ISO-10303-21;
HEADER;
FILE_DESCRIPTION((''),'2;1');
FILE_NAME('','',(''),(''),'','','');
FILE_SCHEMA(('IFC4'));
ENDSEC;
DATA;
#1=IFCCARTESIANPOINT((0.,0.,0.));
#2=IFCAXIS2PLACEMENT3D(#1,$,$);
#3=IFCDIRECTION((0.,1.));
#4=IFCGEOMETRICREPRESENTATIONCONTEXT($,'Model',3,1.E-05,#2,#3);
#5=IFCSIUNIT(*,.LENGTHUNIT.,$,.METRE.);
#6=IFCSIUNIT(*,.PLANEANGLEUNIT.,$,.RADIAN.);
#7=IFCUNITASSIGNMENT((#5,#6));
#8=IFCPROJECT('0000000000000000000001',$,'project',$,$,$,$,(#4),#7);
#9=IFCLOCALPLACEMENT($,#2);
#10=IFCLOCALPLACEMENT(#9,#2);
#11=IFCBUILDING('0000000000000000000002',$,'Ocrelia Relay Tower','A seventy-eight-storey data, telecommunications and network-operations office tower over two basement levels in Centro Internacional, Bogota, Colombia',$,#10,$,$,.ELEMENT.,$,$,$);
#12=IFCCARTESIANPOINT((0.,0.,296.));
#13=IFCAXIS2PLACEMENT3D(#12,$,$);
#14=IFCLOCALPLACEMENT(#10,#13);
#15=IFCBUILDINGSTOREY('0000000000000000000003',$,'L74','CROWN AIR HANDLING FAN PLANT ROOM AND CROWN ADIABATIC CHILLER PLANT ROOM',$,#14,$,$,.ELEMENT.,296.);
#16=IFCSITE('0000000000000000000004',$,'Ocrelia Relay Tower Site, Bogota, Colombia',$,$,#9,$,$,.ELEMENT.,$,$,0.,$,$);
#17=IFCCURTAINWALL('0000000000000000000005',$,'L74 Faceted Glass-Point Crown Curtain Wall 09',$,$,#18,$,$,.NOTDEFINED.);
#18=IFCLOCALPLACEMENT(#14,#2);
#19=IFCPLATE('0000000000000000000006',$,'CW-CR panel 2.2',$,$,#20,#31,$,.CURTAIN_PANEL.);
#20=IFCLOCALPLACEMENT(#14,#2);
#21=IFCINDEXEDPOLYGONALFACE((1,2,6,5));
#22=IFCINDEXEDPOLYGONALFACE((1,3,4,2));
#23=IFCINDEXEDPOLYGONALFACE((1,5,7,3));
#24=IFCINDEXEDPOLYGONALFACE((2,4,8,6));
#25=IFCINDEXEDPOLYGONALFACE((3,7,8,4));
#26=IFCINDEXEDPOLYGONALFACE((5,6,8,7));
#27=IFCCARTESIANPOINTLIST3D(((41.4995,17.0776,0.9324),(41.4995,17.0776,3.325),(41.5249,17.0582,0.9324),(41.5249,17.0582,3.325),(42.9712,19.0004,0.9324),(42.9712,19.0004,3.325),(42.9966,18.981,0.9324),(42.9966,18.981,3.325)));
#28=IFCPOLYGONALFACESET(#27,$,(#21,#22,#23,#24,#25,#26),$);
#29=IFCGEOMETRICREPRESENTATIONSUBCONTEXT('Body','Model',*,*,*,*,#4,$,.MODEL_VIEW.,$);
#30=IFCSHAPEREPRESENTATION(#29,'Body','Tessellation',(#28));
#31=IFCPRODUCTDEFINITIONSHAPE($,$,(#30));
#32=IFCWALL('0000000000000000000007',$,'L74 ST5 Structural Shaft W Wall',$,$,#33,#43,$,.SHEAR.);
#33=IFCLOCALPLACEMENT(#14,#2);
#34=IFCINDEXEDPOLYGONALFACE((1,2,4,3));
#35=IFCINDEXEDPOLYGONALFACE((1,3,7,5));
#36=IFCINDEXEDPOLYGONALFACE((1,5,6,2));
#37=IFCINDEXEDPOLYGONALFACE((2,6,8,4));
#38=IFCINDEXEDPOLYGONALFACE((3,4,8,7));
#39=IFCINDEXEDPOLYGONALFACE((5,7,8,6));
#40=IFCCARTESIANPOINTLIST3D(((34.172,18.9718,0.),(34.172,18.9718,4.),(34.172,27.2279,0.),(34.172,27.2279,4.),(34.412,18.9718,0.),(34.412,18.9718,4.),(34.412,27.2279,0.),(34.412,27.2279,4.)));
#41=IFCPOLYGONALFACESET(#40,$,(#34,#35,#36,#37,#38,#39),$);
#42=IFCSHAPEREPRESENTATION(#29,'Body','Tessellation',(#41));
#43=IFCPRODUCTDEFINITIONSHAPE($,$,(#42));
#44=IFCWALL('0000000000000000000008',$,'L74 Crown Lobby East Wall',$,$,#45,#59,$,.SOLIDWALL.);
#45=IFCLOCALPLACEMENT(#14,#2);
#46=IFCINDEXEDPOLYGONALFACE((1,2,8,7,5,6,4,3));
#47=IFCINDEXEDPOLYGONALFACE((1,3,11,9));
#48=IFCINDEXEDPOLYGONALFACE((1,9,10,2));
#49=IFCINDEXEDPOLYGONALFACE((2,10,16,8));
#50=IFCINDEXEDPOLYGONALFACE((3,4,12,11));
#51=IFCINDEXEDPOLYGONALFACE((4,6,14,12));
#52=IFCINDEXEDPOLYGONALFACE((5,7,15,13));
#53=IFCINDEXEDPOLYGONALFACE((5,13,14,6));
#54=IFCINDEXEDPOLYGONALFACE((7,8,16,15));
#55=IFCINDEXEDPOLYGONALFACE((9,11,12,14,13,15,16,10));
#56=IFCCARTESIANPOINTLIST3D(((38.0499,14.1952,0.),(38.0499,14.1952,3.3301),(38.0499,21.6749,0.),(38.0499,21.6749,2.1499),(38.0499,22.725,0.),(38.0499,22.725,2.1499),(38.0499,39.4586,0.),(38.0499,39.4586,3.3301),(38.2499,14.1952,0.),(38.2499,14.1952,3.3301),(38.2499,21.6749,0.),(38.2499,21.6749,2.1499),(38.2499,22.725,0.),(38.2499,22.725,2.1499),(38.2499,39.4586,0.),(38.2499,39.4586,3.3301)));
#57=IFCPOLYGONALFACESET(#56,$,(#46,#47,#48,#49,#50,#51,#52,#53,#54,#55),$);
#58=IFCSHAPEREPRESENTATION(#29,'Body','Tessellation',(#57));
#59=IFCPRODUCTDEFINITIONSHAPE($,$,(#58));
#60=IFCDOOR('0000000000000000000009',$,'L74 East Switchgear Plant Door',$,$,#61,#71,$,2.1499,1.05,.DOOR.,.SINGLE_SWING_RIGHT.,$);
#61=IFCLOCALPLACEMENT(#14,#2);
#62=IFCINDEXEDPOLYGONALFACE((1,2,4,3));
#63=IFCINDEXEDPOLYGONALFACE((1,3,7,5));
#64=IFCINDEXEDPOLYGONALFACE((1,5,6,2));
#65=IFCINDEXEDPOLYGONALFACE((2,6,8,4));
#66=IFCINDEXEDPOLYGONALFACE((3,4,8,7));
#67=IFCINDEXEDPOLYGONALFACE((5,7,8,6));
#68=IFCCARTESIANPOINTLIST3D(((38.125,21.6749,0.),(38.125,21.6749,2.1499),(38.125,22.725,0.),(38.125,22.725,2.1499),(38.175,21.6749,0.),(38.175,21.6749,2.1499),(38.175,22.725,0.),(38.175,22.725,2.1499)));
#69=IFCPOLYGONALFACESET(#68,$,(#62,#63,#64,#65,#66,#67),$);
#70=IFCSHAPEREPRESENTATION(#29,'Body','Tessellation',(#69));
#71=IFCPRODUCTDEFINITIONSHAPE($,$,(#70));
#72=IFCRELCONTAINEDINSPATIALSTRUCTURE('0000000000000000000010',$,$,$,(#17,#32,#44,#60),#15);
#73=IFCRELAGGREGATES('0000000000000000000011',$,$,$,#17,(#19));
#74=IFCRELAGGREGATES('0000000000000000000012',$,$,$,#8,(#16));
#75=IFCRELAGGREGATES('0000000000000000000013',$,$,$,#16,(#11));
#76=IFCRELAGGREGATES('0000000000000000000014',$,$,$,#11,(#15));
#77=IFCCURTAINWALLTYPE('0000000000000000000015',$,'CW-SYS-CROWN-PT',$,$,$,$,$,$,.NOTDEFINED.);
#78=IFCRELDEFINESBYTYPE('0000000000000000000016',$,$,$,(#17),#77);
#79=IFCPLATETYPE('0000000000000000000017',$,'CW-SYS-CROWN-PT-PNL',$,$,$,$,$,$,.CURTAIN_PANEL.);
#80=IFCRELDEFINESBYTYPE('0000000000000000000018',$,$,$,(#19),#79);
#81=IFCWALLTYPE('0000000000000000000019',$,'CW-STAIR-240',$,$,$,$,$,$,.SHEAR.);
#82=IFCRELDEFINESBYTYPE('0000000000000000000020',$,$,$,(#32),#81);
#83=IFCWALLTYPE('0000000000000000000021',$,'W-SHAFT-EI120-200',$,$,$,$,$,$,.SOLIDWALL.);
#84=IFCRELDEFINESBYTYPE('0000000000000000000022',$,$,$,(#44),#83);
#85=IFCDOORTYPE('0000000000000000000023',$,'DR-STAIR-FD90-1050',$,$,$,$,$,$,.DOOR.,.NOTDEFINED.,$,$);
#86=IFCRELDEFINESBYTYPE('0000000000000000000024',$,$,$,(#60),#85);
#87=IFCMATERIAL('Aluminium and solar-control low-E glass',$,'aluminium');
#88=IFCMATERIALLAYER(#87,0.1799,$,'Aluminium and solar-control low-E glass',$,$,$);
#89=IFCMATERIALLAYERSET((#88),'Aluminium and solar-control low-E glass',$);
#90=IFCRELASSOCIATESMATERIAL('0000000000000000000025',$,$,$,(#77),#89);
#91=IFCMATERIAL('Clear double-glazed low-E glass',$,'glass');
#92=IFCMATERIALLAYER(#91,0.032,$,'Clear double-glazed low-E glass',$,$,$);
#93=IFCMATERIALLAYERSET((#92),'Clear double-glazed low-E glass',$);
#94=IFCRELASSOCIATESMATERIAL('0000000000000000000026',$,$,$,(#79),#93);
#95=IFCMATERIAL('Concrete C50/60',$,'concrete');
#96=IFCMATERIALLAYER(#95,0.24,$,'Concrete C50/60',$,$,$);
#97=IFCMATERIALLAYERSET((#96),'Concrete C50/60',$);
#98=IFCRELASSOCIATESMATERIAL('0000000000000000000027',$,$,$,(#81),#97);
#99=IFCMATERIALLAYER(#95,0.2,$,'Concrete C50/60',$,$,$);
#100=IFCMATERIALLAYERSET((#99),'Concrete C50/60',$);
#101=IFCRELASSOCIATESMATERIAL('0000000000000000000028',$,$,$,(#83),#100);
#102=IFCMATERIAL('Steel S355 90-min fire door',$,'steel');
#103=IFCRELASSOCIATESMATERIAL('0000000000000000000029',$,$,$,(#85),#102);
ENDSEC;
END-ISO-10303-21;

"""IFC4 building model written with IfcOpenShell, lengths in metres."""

from ifc_helpers import new_model, si_unit, direction, frame, frame_2d, origin, origin_2d, place, context, subcontext, project, spatial, rectangle, extrude, material, layer, layer_set, type_object, element, fill, aggregate, save


model = new_model("IFC4")

# Units and contexts
model_context = context("Model", 3, precision=1e-05, world=origin(), true_north=direction((0.0, 1.0)))
body_context = subcontext(model_context, "Body", "Model", "MODEL_VIEW")
ifc_project = project(units=[si_unit("LENGTHUNIT", "METRE"), si_unit("PLANEANGLEUNIT", "RADIAN")], contexts=[model_context])

# Site, building, storey
site_placement = place(None, origin())
site = spatial("IfcSite", under=ifc_project, at=site_placement, Name="Ocrelia Relay Tower Site, Bogota, Colombia", CompositionType="ELEMENT", RefElevation=0.0)
building_placement = place(site_placement, origin())
building = spatial("IfcBuilding", under=site, at=building_placement, Name="Ocrelia Relay Tower", Description="A seventy-eight-storey data, telecommunications and network-operations office tower over two basement levels in Centro Internacional, Bogota, Colombia", CompositionType="ELEMENT")
storey_placement = place(building_placement, frame((0.0, 0.0, 296.0)))
storey = spatial("IfcBuildingStorey", under=building, at=storey_placement, Name="L74", Description="CROWN AIR HANDLING FAN PLANT ROOM AND CROWN ADIABATIC CHILLER PLANT ROOM", CompositionType="ELEMENT", Elevation=296.0)

# Curtain wall
ifc_material_1 = material(Name="Aluminium and solar-control low-E glass", Category="aluminium")
ifc_layer_1 = layer(ifc_material_1, 0.1799, Name="Aluminium and solar-control low-E glass")
ifc_layer_set_1 = layer_set([ifc_layer_1], Name="Aluminium and solar-control low-E glass")
curtain_wall_type = type_object("IfcCurtainWallType", Name="CW-SYS-CROWN-PT", PredefinedType="NOTDEFINED", material=ifc_layer_set_1)
curtain_wall_1_placement = place(storey_placement, origin())
curtain_wall_1 = element("IfcCurtainWall", 1, at=curtain_wall_1_placement, inside=storey, type_object=curtain_wall_type, Name="L74 Faceted Glass-Point Crown Curtain Wall 09", PredefinedType="NOTDEFINED")

# Plate
ifc_material_2 = material(Name="Clear double-glazed low-E glass", Category="glass")
ifc_layer_2 = layer(ifc_material_2, 0.032, Name="Clear double-glazed low-E glass")
ifc_layer_set_2 = layer_set([ifc_layer_2], Name="Clear double-glazed low-E glass")
plate_type = type_object("IfcPlateType", Name="CW-SYS-CROWN-PT-PNL", PredefinedType="CURTAIN_PANEL", material=ifc_layer_set_2)
plate_1_placement = place(storey_placement, frame((42.248, 18.0293, 0.9324), z_axis=(0.0, 0.0, 1.0), x_axis=(0.607778, 0.794107, 0.0)))
plate_1 = element("IfcPlate", 2, at=plate_1_placement, type_object=plate_type, Name="CW-CR panel 2.2", PredefinedType="CURTAIN_PANEL", context=body_context, shape_type="SweptSolid", body=[
    extrude(rectangle(XDim=2.4214, YDim=0.032, at=origin_2d()), origin(), (0.0, 0.0, 1.0), 2.3926),
])
aggregate(curtain_wall_1, [plate_1])

# Wall
ifc_material_3 = material(Name="Concrete C50/60", Category="concrete")
ifc_layer_3 = layer(ifc_material_3, 0.24, Name="Concrete C50/60")
ifc_layer_set_3 = layer_set([ifc_layer_3], Name="Concrete C50/60")
wall_type_1 = type_object("IfcWallType", Name="CW-STAIR-240", PredefinedType="SHEAR", material=ifc_layer_set_3)
wall_1_placement = place(storey_placement, frame((34.292, 18.9719, 0.0), z_axis=(0.0, 0.0, 1.0), x_axis=(0.0, 1.0, 0.0)))
element("IfcWall", 3, at=wall_1_placement, inside=storey, type_object=wall_type_1, Name="L74 ST5 Structural Shaft W Wall", PredefinedType="SHEAR", context=body_context, shape_type="SweptSolid", body=[
    extrude(rectangle(XDim=8.2561, YDim=0.24, at=frame_2d((4.1279, 0.0))), origin(), (0.0, 0.0, 1.0), 4.0),
])

# Wall, opening, door
ifc_layer_4 = layer(ifc_material_3, 0.2, Name="Concrete C50/60")
ifc_layer_set_4 = layer_set([ifc_layer_4], Name="Concrete C50/60")
wall_type_2 = type_object("IfcWallType", Name="W-SHAFT-EI120-200", PredefinedType="SOLIDWALL", material=ifc_layer_set_4)
wall_2_placement = place(storey_placement, frame((38.1499, 14.1951, 0.0), z_axis=(0.0, 0.0, 1.0), x_axis=(0.0, 1.0, 0.0)))
wall_2 = element("IfcWall", 4, at=wall_2_placement, inside=storey, type_object=wall_type_2, Name="L74 Crown Lobby East Wall", PredefinedType="SOLIDWALL", context=body_context, shape_type="SweptSolid", body=[
    extrude(rectangle(XDim=25.2634, YDim=0.2, at=frame_2d((12.6318, 0.0))), origin(), (0.0, 0.0, 1.0), 3.3301),
])
opening_placement = place(wall_2_placement, frame((7.48, 0.0, 0.0)))
opening = element("IfcOpeningElement", 5, at=opening_placement, cuts=wall_2, PredefinedType="OPENING", context=body_context, shape_type="SweptSolid", body=[
    extrude(rectangle(XDim=1.05, YDim=2.1499, at=frame_2d((0.5249, 1.075))), frame((0.0, 0.1099, 0.0), z_axis=(0.0, -1.0, 0.0), x_axis=(1.0, 0.0, 0.0)), (0.0, 0.0, 1.0), 0.22),
])
ifc_material_4 = material(Name="Steel S355 90-min fire door", Category="steel")
door_type = type_object("IfcDoorType", Name="DR-STAIR-FD90-1050", OperationType="NOTDEFINED", PredefinedType="DOOR", material=ifc_material_4)
door_placement = place(opening_placement, origin())
door = element("IfcDoor", 6, at=door_placement, inside=storey, type_object=door_type, Name="L74 East Switchgear Plant Door", OperationType="SINGLE_SWING_RIGHT", OverallHeight=2.1499, OverallWidth=1.05, PredefinedType="DOOR", context=body_context, shape_type="SweptSolid", body=[
    extrude(rectangle(XDim=1.05, YDim=2.1499, at=frame_2d((0.5249, 1.075))), frame((0.0, 0.0249, 0.0), z_axis=(0.0, -1.0, 0.0), x_axis=(1.0, 0.0, 0.0)), (0.0, 0.0, 1.0), 0.05),
])
fill(opening, door)

save(model, "model.ifc")
